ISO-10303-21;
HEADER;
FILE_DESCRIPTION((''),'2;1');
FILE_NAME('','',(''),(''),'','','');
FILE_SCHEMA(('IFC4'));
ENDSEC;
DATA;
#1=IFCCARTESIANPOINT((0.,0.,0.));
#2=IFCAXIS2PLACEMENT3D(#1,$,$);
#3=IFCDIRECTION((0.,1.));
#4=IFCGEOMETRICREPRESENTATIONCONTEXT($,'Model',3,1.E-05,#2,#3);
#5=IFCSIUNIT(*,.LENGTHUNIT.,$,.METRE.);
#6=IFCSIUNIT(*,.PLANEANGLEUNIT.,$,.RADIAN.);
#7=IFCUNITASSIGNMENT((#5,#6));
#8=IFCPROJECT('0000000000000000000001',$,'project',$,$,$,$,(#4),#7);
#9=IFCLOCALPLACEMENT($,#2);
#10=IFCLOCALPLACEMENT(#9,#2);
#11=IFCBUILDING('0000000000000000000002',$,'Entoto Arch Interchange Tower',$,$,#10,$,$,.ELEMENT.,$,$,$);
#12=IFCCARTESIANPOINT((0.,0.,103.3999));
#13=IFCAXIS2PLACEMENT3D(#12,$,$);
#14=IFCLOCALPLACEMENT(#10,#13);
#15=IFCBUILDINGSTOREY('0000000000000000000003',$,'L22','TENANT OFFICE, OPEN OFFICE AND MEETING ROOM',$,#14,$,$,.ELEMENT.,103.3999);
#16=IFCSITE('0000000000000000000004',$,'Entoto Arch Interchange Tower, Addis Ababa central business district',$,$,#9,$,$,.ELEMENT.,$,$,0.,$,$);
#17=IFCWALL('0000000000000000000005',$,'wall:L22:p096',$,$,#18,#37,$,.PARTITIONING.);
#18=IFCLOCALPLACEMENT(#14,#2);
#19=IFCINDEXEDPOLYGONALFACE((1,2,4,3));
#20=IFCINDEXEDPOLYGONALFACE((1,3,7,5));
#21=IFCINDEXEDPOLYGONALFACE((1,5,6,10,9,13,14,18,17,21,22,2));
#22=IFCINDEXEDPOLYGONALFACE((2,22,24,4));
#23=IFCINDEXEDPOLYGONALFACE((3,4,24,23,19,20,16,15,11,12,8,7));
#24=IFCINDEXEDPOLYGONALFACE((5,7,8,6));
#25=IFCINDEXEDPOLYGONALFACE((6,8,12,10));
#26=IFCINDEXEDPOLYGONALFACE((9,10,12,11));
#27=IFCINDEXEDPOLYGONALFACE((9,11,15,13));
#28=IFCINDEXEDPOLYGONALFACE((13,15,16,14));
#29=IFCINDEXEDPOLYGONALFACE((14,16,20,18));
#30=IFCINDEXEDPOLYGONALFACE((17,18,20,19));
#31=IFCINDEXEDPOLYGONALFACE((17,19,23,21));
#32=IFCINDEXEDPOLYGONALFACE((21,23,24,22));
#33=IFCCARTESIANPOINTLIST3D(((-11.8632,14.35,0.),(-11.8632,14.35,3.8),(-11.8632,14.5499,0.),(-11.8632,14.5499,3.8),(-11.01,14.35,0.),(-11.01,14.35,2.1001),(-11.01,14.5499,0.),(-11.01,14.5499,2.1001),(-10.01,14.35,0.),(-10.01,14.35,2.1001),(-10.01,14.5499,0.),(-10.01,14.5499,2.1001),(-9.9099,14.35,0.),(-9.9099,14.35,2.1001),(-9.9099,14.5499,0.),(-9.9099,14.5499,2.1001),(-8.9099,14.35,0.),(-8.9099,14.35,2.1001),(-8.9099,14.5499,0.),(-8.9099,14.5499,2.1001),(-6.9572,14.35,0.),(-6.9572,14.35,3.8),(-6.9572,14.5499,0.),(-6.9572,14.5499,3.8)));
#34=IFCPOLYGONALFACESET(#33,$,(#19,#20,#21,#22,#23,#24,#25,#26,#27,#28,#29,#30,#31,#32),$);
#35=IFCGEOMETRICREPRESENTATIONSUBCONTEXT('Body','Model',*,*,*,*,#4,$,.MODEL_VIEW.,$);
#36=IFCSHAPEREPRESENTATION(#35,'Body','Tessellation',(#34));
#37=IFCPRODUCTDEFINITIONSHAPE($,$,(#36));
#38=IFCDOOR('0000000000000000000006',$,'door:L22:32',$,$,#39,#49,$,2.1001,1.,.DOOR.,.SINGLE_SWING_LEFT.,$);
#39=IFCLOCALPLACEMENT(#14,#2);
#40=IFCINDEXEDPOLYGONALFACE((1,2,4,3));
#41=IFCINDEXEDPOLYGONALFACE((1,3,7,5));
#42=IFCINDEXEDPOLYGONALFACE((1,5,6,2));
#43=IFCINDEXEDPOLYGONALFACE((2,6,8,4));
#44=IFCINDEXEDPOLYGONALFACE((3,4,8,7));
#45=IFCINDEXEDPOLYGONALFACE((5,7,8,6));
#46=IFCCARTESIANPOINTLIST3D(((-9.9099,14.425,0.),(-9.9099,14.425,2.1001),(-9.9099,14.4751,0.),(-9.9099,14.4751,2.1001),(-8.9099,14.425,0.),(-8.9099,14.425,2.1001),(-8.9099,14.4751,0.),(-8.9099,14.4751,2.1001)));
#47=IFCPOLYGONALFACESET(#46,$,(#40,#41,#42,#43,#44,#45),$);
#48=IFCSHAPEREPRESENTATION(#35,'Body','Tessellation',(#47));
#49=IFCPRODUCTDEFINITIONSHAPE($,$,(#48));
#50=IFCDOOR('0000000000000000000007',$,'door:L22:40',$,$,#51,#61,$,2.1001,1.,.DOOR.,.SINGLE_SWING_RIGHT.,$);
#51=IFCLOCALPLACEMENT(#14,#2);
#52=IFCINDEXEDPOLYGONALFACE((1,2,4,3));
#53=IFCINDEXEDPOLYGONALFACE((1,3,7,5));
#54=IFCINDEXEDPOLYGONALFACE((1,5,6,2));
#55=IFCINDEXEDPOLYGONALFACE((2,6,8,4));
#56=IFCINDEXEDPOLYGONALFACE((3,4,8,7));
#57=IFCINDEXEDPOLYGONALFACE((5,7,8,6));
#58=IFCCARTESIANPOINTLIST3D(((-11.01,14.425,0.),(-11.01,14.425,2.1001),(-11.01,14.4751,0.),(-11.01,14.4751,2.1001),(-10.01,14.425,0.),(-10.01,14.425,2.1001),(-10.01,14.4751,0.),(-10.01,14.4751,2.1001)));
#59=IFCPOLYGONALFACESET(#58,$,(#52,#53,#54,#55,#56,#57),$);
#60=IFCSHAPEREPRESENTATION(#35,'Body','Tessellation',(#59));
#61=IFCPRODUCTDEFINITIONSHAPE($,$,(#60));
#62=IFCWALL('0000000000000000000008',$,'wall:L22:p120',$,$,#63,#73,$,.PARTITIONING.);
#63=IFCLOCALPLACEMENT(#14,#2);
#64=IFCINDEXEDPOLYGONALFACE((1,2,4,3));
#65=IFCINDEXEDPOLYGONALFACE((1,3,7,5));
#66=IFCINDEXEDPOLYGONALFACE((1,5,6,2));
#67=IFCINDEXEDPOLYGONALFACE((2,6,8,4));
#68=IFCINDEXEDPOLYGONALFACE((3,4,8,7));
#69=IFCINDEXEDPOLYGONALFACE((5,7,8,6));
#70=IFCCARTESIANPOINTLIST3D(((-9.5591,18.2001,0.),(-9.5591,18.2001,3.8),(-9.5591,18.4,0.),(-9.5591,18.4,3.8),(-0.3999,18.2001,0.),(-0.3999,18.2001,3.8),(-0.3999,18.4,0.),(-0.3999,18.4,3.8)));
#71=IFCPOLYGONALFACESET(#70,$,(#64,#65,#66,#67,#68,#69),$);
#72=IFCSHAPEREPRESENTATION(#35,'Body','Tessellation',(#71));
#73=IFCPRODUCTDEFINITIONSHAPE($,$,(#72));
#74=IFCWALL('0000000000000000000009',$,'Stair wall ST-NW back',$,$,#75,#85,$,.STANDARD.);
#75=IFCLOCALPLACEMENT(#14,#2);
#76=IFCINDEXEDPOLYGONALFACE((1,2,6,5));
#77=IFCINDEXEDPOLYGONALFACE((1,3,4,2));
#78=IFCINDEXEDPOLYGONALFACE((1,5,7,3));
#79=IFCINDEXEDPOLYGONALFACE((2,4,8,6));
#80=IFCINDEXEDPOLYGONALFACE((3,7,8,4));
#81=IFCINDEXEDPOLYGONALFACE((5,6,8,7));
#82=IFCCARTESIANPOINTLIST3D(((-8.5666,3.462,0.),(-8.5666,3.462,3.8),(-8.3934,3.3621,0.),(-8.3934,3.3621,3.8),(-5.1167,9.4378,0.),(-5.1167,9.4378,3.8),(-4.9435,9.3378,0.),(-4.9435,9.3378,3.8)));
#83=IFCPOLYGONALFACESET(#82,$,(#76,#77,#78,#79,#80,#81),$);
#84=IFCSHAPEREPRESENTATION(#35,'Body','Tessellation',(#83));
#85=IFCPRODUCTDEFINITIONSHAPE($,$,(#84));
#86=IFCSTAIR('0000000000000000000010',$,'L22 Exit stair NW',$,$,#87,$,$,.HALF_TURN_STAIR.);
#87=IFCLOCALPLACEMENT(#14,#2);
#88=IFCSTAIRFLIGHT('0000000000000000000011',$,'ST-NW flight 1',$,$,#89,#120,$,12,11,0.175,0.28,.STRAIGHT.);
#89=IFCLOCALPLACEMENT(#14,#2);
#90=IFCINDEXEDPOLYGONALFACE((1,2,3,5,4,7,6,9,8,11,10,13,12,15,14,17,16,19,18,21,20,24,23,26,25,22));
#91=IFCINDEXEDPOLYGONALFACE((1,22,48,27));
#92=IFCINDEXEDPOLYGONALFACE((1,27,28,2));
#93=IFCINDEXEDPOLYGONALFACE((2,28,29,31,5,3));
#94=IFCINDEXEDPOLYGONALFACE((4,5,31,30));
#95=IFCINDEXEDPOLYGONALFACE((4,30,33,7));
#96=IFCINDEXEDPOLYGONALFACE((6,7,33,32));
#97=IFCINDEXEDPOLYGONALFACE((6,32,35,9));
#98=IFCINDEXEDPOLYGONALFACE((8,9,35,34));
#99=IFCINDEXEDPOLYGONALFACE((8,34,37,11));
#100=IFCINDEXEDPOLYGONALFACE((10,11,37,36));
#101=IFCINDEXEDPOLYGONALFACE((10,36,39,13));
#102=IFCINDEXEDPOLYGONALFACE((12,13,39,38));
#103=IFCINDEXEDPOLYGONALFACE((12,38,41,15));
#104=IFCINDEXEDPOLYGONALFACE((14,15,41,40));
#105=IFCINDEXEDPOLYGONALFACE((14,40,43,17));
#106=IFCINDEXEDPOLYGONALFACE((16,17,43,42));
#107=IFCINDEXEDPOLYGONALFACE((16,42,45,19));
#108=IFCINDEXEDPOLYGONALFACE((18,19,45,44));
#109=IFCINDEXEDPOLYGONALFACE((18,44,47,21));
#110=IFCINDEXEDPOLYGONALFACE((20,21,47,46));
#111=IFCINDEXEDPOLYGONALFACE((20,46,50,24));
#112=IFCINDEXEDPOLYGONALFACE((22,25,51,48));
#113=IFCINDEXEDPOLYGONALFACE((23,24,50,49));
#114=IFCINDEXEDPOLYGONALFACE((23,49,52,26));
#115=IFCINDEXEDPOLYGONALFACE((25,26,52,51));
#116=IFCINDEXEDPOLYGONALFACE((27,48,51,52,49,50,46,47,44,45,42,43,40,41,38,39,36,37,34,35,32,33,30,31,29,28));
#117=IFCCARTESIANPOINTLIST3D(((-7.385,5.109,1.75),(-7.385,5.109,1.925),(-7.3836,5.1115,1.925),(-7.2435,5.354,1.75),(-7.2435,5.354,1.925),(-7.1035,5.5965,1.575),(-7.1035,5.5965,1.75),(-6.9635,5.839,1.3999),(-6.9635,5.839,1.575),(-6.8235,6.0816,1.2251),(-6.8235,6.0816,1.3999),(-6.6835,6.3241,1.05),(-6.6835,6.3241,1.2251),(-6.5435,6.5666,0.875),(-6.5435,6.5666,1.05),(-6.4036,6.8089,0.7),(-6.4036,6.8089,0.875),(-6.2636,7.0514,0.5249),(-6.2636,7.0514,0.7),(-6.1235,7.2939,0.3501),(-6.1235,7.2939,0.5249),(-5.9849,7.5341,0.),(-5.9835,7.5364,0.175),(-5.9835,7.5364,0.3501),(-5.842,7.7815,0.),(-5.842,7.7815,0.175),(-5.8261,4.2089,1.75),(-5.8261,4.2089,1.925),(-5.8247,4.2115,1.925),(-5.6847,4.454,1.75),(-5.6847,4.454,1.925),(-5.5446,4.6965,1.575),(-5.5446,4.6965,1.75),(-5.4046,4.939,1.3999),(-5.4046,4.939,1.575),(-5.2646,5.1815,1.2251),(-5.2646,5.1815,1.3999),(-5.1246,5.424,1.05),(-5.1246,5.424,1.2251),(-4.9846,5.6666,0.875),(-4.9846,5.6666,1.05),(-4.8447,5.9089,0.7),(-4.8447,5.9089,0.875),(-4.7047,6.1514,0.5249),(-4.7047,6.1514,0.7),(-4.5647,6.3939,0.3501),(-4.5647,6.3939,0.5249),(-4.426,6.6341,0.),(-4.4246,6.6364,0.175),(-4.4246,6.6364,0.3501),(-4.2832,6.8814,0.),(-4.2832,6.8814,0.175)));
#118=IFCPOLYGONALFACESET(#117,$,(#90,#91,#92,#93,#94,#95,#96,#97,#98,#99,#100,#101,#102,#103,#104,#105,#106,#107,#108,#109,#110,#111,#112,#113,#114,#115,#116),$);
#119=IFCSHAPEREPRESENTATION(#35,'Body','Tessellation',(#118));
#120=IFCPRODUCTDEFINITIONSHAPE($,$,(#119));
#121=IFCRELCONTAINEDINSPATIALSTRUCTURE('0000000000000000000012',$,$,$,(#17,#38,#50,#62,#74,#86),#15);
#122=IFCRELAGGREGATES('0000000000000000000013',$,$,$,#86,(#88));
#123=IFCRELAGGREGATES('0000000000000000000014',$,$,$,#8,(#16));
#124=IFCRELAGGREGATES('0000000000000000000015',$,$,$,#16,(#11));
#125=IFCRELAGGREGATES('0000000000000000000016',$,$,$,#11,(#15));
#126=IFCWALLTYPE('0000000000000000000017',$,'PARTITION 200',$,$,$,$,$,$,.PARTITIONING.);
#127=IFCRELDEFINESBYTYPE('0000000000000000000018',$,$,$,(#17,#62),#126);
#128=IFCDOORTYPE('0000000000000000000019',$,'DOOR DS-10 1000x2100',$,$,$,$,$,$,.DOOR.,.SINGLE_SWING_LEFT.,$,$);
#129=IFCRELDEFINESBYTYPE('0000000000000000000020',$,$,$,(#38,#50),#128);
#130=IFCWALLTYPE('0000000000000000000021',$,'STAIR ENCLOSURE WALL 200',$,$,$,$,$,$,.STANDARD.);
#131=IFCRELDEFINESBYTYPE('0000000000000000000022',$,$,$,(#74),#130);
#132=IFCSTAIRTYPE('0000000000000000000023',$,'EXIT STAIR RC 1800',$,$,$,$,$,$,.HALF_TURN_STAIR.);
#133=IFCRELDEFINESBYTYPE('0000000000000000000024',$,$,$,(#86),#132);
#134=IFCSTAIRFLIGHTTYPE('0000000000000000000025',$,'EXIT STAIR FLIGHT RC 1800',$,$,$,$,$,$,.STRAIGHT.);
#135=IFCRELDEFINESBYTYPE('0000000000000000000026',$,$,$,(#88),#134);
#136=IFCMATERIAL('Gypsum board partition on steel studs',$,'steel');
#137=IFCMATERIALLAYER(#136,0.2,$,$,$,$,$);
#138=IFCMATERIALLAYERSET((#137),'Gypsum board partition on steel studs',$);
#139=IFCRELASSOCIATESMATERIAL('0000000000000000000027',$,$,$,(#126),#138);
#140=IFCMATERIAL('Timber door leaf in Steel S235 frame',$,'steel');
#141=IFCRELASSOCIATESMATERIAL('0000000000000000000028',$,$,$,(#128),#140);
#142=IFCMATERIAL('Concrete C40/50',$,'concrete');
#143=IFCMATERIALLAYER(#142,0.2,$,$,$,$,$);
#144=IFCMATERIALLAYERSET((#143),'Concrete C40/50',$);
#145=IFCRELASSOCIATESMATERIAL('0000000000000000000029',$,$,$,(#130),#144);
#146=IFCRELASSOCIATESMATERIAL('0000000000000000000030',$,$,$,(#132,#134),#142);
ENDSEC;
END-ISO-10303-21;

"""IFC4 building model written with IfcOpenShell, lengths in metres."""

from ifc_helpers import new_model, si_unit, direction, frame, frame_2d, origin, place, context, subcontext, project, spatial, polyline, rectangle, outline, extrude, material, layer, layer_set, type_object, element, fill, aggregate, save


model = new_model("IFC4")

# Units and contexts
model_context = context("Model", 3, precision=1e-05, world=origin(), true_north=direction((0.0, 1.0)))
body_context = subcontext(model_context, "Body", "Model", "MODEL_VIEW")
ifc_project = project(units=[si_unit("LENGTHUNIT", "METRE"), si_unit("PLANEANGLEUNIT", "RADIAN")], contexts=[model_context])

# Site, building, storey
site_placement = place(None, origin())
site = spatial("IfcSite", under=ifc_project, at=site_placement, Name="Entoto Arch Interchange Tower, Addis Ababa central business district", CompositionType="ELEMENT", RefElevation=0.0)
building_placement = place(site_placement, origin())
building = spatial("IfcBuilding", under=site, at=building_placement, Name="Entoto Arch Interchange Tower", CompositionType="ELEMENT")
storey_placement = place(building_placement, frame((0.0, 0.0, 103.3999)))
storey = spatial("IfcBuildingStorey", under=building, at=storey_placement, Name="L22", Description="TENANT OFFICE, OPEN OFFICE AND MEETING ROOM", CompositionType="ELEMENT", Elevation=103.3999)

# Shared definitions
ifc_material_1 = material(Name="Concrete C40/50", Category="concrete")

# Shared definitions
ifc_material_2 = material(Name="Gypsum board partition on steel studs", Category="steel")

# Wall, openings, doors
ifc_layer_1 = layer(ifc_material_2, 0.2)
ifc_layer_set_1 = layer_set([ifc_layer_1], Name="Gypsum board partition on steel studs")
wall_type_1 = type_object("IfcWallType", Name="PARTITION 200", PredefinedType="PARTITIONING", material=ifc_layer_set_1)
wall_1_placement = place(storey_placement, frame((-6.957, 14.45, 0.0), z_axis=(0.0, 0.0, 1.0), x_axis=(-1.0, 0.0, 0.0)))
wall_1 = element("IfcWall", 1, at=wall_1_placement, inside=storey, type_object=wall_type_1, Name="wall:L22:p096", PredefinedType="PARTITIONING", context=body_context, shape_type="SweptSolid", body=[
    extrude(rectangle(XDim=4.906, YDim=0.2, at=frame_2d((2.4531, 0.0))), origin(), (0.0, 0.0, 1.0), 3.8),
])
opening_1_placement = place(wall_1_placement, frame((1.9529, 0.0, 0.0)))
opening_1 = element("IfcOpeningElement", 2, at=opening_1_placement, cuts=wall_1, PredefinedType="OPENING", context=body_context, shape_type="SweptSolid", body=[
    extrude(rectangle(XDim=1.0, YDim=2.1001, at=frame_2d((0.5, 1.05))), frame((0.0, 0.1099, 0.0), z_axis=(0.0, -1.0, 0.0), x_axis=(1.0, 0.0, 0.0)), (0.0, 0.0, 1.0), 0.22),
])
opening_2_placement = place(wall_1_placement, frame((3.053, 0.0, 0.0)))
opening_2 = element("IfcOpeningElement", 3, at=opening_2_placement, cuts=wall_1, PredefinedType="OPENING", context=body_context, shape_type="SweptSolid", body=[
    extrude(rectangle(XDim=1.0, YDim=2.1001, at=frame_2d((0.5, 1.05))), frame((0.0, 0.1099, 0.0), z_axis=(0.0, -1.0, 0.0), x_axis=(1.0, 0.0, 0.0)), (0.0, 0.0, 1.0), 0.22),
])
ifc_material_3 = material(Name="Timber door leaf in Steel S235 frame", Category="steel")
door_type_1 = type_object("IfcDoorType", Name="DOOR DS-10 1000x2100", OperationType="SINGLE_SWING_LEFT", PredefinedType="DOOR", material=ifc_material_3)
door_1_placement = place(opening_1_placement, origin())
door_1 = element("IfcDoor", 4, at=door_1_placement, inside=storey, type_object=door_type_1, Name="door:L22:32", OperationType="SINGLE_SWING_LEFT", OverallHeight=2.1001, OverallWidth=1.0, PredefinedType="DOOR", context=body_context, shape_type="SweptSolid", body=[
    extrude(rectangle(XDim=1.0, YDim=2.1001, at=frame_2d((0.5, 1.05))), frame((0.0, 0.0249, 0.0), z_axis=(0.0, -1.0, 0.0), x_axis=(1.0, 0.0, 0.0)), (0.0, 0.0, 1.0), 0.05),
])
fill(opening_1, door_1)
door_2_placement = place(opening_2_placement, origin())
door_2 = element("IfcDoor", 5, at=door_2_placement, inside=storey, type_object=door_type_1, Name="door:L22:40", OperationType="SINGLE_SWING_RIGHT", OverallHeight=2.1001, OverallWidth=1.0, PredefinedType="DOOR", context=body_context, shape_type="SweptSolid", body=[
    extrude(rectangle(XDim=1.0, YDim=2.1001, at=frame_2d((0.5, 1.05))), frame((0.0, 0.0249, 0.0), z_axis=(0.0, -1.0, 0.0), x_axis=(1.0, 0.0, 0.0)), (0.0, 0.0, 1.0), 0.05),
])
fill(opening_2, door_2)

# Walls
wall_2_placement = place(storey_placement, frame((-9.5591, 18.3, 0.0), z_axis=(0.0, 0.0, 1.0), x_axis=(1.0, 0.0, 0.0)))
element("IfcWall", 6, at=wall_2_placement, inside=storey, type_object=wall_type_1, Name="wall:L22:p120", PredefinedType="PARTITIONING", context=body_context, shape_type="SweptSolid", body=[
    extrude(rectangle(XDim=9.1592, YDim=0.2, at=frame_2d((4.5796, 0.0))), origin(), (0.0, 0.0, 1.0), 3.8),
])
ifc_layer_2 = layer(ifc_material_1, 0.2)
ifc_layer_set_2 = layer_set([ifc_layer_2], Name="Concrete C40/50")
wall_type_2 = type_object("IfcWallType", Name="STAIR ENCLOSURE WALL 200", PredefinedType="STANDARD", material=ifc_layer_set_2)
wall_3_placement = place(storey_placement, frame((-5.03, 9.3879, 0.0), z_axis=(0.0, 0.0, 1.0), x_axis=(-0.499979, -0.866038, 0.0)))
element("IfcWall", 7, at=wall_3_placement, inside=storey, type_object=wall_type_2, Name="Stair wall ST-NW back", PredefinedType="STANDARD", context=body_context, shape_type="SweptSolid", body=[
    extrude(rectangle(XDim=6.9001, YDim=0.2, at=frame_2d((3.4502, 0.0))), origin(), (0.0, 0.0, 1.0), 3.8),
])

# Stair, stair flight
stair_type = type_object("IfcStairType", Name="EXIT STAIR RC 1800", PredefinedType="HALF_TURN_STAIR", material=ifc_material_1)
stair_placement = place(storey_placement, origin())
stair = element("IfcStair", 8, at=stair_placement, inside=storey, type_object=stair_type, Name="L22 Exit stair NW", PredefinedType="HALF_TURN_STAIR")
stair_flight_type = type_object("IfcStairFlightType", Name="EXIT STAIR FLIGHT RC 1800", PredefinedType="STRAIGHT", material=ifc_material_1)
stair_flight_placement = place(storey_placement, frame((-5.064, 7.3289, 0.0), z_axis=(0.0, 0.0, 1.0), x_axis=(-0.5, -0.866025, 0.0)))
stair_flight = element("IfcStairFlight", 9, at=stair_flight_placement, type_object=stair_flight_type, Name="ST-NW flight 1", NumberOfRisers=12, NumberOfTreads=11, PredefinedType="STRAIGHT", RiserHeight=0.175, TreadLength=0.28, context=body_context, shape_type="SweptSolid", body=[
    extrude(outline(polyline([(-0.0029, 0.0), (-0.0029, 0.175), (0.28, 0.175), (0.28, 0.3501), (0.5601, 0.3501), (0.5601, 0.5249), (0.8401, 0.5249), (0.8401, 0.7), (1.1201, 0.7), (1.1201, 0.875), (1.3999, 0.875), (1.3999, 1.05), (1.6799, 1.05), (1.6799, 1.2251), (1.96, 1.2251), (1.96, 1.3999), (2.24, 1.3999), (2.24, 1.575), (2.52, 1.575), (2.52, 1.75), (2.8, 1.75), (2.8, 1.925), (3.0801, 1.925), (3.083, 1.925), (3.083, 1.75), (0.2827, 0.0), (-0.0029, 0.0)])), frame((0.0, 0.8999, 0.0), z_axis=(0.0, -1.0, 0.0), x_axis=(1.0, 0.0, 0.0)), (0.0, 0.0, 1.0), 1.8),
])
aggregate(stair, [stair_flight])

save(model, "model.ifc")
